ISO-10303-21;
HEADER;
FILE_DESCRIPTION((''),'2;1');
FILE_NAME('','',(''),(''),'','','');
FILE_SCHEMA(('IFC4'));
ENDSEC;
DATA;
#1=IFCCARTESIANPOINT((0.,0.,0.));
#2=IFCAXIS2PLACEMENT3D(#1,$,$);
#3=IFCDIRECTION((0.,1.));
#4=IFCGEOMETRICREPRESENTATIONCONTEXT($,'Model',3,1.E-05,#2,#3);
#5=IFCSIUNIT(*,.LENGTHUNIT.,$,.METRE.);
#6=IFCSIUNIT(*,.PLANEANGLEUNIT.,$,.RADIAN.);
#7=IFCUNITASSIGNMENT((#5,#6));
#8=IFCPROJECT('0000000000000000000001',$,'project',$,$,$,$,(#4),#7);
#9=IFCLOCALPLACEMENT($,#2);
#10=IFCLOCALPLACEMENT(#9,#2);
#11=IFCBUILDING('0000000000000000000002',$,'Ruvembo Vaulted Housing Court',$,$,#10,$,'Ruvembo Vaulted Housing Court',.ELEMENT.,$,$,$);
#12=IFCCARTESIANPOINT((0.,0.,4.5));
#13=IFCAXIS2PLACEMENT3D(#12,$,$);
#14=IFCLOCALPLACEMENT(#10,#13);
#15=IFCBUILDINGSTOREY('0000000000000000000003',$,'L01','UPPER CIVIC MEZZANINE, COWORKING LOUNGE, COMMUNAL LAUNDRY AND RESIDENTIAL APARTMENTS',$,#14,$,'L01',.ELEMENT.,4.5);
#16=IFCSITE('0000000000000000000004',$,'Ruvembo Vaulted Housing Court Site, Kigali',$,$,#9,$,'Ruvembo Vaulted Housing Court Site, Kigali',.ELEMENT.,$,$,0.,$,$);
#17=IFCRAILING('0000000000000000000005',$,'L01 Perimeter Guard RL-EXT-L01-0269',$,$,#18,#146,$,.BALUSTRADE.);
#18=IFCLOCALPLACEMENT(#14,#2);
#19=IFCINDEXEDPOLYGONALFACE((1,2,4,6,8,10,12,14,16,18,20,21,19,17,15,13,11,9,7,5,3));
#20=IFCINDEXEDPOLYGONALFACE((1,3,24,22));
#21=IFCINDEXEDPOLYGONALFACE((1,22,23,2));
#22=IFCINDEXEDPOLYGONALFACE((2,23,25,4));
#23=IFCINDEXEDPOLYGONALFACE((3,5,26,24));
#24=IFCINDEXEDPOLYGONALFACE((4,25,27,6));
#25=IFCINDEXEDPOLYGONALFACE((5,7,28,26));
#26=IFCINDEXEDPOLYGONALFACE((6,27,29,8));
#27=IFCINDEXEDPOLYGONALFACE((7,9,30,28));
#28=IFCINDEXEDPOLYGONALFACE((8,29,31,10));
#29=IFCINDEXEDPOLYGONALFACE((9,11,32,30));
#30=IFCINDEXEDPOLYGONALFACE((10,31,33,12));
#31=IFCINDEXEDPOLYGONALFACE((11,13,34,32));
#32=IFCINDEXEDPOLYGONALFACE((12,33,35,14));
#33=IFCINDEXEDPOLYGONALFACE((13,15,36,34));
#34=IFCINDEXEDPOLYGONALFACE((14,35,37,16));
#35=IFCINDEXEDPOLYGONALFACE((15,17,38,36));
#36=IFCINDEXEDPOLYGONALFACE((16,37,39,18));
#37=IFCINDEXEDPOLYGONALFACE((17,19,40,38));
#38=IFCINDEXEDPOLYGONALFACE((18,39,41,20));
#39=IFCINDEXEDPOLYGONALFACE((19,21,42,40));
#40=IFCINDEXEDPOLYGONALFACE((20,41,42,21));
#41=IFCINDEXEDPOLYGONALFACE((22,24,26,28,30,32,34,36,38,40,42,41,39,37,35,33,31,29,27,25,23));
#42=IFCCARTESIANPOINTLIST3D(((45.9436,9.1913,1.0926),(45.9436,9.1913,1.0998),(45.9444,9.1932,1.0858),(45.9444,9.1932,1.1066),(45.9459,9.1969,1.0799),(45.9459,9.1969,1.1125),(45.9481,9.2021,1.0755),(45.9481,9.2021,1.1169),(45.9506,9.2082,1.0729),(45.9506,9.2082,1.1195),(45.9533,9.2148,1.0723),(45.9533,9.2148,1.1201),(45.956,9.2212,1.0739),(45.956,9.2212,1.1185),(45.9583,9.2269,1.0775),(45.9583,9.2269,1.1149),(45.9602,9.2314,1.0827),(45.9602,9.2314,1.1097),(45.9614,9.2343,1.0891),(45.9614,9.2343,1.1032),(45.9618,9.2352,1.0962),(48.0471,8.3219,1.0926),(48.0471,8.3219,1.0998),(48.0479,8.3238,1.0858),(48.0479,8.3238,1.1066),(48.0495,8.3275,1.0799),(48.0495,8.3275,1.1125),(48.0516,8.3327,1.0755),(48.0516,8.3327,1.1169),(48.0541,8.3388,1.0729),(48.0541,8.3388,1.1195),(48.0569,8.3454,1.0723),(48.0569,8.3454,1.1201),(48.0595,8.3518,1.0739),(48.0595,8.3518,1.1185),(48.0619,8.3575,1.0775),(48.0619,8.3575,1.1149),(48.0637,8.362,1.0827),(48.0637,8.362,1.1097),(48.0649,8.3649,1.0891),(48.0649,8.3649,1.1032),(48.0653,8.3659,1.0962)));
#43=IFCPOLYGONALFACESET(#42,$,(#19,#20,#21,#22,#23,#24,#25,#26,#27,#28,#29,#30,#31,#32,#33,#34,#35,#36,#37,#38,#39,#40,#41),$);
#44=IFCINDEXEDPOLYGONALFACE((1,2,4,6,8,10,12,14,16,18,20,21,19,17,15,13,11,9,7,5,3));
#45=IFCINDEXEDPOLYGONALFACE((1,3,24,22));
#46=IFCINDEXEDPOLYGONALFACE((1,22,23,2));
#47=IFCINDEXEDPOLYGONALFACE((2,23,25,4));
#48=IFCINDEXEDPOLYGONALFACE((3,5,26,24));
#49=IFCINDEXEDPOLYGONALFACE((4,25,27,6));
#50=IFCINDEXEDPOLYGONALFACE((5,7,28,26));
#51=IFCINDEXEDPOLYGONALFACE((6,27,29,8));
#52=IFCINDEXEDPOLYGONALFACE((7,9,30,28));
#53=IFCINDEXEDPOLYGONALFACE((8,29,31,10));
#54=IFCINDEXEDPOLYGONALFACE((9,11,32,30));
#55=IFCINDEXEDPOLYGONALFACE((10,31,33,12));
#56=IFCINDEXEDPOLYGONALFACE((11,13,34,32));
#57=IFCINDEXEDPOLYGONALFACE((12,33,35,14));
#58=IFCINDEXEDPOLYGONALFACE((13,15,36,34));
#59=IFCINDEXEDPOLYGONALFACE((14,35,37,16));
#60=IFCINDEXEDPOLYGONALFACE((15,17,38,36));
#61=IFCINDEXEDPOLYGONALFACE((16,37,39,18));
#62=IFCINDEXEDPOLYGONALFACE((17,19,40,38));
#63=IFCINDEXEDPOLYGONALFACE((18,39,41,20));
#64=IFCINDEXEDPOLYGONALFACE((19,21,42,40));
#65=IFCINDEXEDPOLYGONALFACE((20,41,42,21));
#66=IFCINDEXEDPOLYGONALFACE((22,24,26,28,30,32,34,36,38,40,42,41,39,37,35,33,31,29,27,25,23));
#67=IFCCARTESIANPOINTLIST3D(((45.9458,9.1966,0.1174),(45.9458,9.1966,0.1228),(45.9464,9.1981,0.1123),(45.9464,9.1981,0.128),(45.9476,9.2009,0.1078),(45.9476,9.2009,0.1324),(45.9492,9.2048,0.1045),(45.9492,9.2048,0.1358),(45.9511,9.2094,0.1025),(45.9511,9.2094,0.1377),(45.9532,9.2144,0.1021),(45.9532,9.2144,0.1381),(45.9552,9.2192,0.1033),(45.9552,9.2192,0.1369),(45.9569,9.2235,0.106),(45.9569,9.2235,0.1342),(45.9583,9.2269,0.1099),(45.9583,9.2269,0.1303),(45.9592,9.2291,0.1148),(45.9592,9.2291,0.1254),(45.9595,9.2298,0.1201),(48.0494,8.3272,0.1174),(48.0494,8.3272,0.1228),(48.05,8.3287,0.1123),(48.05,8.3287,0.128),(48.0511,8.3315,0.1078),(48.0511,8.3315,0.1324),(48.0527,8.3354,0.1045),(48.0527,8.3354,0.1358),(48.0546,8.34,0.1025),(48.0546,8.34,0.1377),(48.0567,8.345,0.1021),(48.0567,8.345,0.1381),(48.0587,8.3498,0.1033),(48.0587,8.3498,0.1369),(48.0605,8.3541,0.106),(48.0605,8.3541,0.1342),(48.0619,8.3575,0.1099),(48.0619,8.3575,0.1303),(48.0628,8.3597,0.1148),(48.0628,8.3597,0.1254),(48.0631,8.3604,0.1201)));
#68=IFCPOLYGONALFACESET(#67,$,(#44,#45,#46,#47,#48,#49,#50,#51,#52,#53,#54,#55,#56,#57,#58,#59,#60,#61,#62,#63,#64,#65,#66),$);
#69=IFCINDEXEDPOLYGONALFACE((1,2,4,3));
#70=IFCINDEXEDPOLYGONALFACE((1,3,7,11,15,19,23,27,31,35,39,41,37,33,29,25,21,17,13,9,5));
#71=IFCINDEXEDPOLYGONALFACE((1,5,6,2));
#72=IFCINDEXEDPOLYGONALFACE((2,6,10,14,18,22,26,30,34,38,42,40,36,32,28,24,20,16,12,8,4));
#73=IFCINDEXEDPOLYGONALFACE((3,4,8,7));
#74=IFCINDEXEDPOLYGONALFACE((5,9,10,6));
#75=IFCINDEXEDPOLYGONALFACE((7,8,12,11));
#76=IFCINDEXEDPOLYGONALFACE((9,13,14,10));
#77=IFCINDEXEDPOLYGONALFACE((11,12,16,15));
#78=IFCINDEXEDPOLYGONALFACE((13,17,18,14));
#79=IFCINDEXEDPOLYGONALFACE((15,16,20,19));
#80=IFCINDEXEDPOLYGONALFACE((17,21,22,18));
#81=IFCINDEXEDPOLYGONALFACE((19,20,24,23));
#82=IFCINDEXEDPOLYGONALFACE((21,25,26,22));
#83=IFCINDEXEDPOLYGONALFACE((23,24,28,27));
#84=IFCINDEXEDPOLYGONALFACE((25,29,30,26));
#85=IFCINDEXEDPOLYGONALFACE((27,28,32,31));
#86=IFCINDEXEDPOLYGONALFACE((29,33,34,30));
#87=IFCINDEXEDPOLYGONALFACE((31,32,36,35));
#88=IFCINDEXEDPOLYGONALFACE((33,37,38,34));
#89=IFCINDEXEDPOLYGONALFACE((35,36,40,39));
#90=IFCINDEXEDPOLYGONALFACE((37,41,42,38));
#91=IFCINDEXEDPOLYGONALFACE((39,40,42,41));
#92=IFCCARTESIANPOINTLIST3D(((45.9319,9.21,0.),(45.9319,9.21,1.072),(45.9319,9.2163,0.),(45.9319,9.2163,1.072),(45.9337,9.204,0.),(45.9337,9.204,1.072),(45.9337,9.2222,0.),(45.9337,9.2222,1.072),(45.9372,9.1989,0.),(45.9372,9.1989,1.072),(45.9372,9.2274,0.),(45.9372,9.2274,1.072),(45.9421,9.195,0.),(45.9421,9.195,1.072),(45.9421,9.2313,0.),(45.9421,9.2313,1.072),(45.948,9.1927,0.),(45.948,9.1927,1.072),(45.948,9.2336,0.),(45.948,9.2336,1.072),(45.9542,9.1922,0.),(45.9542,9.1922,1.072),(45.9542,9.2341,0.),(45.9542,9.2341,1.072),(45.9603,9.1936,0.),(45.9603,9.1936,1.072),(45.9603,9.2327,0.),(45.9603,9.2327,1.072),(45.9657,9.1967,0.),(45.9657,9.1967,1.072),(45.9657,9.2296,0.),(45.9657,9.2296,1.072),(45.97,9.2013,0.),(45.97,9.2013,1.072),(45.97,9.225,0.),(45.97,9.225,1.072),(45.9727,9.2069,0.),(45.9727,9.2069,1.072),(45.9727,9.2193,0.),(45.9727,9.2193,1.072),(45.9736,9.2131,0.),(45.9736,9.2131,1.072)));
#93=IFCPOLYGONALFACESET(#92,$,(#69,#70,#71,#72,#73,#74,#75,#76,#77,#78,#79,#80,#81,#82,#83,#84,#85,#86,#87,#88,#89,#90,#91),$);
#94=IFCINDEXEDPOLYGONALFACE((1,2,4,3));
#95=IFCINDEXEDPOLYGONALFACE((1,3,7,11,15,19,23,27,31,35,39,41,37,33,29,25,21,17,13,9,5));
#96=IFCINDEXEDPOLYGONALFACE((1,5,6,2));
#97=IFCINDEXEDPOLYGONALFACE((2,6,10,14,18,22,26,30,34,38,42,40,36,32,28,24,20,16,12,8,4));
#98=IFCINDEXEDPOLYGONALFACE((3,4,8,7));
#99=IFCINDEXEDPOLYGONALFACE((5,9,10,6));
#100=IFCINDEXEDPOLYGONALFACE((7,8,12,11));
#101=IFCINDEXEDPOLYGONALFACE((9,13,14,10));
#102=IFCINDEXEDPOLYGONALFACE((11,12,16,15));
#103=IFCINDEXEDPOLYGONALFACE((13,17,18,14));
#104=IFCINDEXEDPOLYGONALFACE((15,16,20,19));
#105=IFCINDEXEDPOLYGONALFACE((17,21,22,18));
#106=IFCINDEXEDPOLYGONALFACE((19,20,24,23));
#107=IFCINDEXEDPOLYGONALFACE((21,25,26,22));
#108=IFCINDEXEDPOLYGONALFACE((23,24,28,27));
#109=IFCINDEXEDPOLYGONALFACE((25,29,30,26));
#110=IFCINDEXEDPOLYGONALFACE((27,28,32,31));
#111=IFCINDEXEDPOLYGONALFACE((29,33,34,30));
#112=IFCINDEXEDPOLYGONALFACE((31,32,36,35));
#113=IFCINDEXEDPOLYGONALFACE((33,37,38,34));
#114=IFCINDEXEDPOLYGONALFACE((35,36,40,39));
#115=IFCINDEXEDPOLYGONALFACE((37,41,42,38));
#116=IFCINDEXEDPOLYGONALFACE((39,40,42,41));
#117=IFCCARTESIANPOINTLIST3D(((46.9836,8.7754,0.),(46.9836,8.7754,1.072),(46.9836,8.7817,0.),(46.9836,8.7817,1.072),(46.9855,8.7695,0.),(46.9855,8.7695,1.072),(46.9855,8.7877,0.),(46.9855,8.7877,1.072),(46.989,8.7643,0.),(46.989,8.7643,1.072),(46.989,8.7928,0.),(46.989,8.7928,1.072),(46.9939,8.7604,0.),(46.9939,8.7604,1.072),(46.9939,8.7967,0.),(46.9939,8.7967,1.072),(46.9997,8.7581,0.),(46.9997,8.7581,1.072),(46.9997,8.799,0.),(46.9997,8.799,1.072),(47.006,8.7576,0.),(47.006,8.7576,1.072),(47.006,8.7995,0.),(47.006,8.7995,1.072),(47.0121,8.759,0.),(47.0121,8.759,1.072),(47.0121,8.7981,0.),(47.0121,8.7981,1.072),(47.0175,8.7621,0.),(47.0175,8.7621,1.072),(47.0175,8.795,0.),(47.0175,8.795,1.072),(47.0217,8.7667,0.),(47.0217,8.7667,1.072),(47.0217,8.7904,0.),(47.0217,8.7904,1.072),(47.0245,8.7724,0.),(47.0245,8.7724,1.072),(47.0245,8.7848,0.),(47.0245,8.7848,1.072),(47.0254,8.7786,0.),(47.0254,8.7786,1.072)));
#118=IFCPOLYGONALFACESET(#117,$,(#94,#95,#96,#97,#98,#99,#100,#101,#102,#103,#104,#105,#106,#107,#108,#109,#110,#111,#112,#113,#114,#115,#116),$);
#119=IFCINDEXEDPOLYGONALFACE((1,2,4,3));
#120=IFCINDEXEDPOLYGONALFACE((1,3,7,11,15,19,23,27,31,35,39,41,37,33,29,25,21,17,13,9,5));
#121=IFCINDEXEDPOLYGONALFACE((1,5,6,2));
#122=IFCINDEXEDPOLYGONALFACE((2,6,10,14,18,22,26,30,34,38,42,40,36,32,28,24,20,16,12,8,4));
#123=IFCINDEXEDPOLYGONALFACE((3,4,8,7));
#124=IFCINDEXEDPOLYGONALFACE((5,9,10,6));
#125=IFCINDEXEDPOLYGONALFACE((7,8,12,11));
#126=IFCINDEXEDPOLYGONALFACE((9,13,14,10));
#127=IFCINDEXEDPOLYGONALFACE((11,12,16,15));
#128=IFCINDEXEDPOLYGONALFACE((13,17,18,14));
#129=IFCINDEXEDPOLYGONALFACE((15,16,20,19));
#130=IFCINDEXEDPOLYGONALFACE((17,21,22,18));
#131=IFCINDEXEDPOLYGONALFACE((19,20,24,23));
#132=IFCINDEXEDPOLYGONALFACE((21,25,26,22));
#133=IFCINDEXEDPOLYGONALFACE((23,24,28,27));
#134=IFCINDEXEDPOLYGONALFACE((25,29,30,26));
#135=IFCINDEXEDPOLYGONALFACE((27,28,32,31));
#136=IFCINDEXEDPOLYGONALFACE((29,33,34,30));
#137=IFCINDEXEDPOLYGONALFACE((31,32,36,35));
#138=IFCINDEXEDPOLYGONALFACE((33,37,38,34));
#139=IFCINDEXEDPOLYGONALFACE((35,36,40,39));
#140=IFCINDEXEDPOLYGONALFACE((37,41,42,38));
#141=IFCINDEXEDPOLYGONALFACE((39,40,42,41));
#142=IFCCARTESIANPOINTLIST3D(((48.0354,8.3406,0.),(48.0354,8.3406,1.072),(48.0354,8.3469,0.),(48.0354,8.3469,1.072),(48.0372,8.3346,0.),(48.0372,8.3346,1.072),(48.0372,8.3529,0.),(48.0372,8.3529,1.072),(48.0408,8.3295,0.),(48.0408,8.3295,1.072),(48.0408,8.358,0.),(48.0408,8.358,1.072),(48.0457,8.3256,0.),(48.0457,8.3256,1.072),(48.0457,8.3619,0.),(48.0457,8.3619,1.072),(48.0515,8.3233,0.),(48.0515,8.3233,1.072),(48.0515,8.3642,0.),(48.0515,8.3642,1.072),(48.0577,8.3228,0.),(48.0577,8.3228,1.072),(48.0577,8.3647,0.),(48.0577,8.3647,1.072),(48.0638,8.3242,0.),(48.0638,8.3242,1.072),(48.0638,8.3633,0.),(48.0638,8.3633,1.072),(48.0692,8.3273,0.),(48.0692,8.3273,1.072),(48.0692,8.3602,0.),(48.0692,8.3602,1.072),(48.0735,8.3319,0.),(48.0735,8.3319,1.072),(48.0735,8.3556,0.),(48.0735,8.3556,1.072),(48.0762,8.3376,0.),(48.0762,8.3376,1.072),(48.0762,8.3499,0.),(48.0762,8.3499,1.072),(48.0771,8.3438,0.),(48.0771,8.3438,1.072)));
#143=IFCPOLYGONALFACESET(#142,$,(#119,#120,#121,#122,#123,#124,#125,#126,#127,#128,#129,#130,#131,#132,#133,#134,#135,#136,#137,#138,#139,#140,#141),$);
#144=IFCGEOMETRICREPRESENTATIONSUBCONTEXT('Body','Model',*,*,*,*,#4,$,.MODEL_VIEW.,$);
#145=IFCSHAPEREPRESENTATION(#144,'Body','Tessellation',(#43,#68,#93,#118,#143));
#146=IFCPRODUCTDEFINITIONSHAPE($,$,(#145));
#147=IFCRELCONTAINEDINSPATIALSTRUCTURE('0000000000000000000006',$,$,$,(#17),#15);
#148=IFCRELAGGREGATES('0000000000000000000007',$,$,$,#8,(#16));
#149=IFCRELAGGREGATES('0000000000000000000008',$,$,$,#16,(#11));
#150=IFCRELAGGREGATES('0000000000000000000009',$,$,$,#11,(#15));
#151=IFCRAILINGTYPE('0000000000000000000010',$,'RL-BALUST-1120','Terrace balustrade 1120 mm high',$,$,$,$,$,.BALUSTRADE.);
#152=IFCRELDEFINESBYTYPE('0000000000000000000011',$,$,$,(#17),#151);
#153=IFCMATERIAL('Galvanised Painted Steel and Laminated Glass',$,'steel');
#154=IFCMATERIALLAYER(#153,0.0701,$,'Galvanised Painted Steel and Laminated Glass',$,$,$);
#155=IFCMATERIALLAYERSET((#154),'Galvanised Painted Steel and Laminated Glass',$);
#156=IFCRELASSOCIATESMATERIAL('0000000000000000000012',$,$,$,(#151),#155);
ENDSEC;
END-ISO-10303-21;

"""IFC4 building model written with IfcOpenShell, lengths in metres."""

from ifc_helpers import new_model, si_unit, direction, frame, origin, origin_2d, place, context, subcontext, project, spatial, circle, extrude, material, layer, layer_set, type_object, element, save


model = new_model("IFC4")

# Units and contexts
model_context = context("Model", 3, precision=1e-05, world=origin(), true_north=direction((0.0, 1.0)))
body_context = subcontext(model_context, "Body", "Model", "MODEL_VIEW")
ifc_project = project(units=[si_unit("LENGTHUNIT", "METRE"), si_unit("PLANEANGLEUNIT", "RADIAN")], contexts=[model_context])

# Site, building, storey
site_placement = place(None, origin())
site = spatial("IfcSite", under=ifc_project, at=site_placement, Name="Ruvembo Vaulted Housing Court Site, Kigali", LongName="Ruvembo Vaulted Housing Court Site, Kigali", CompositionType="ELEMENT", RefElevation=0.0)
building_placement = place(site_placement, origin())
building = spatial("IfcBuilding", under=site, at=building_placement, Name="Ruvembo Vaulted Housing Court", LongName="Ruvembo Vaulted Housing Court", CompositionType="ELEMENT")
storey_placement = place(building_placement, frame((0.0, 0.0, 4.5)))
storey = spatial("IfcBuildingStorey", under=building, at=storey_placement, Name="L01", Description="UPPER CIVIC MEZZANINE, COWORKING LOUNGE, COMMUNAL LAUNDRY AND RESIDENTIAL APARTMENTS", LongName="L01", CompositionType="ELEMENT", Elevation=4.5)

# Railing
ifc_material_1 = material(Name="Galvanised Painted Steel and Laminated Glass", Category="steel")
ifc_layer_1 = layer(ifc_material_1, 0.0701, Name="Galvanised Painted Steel and Laminated Glass")
ifc_layer_set_1 = layer_set([ifc_layer_1], Name="Galvanised Painted Steel and Laminated Glass")
railing_type = type_object("IfcRailingType", Name="RL-BALUST-1120", Description="Terrace balustrade 1120 mm high", PredefinedType="BALUSTRADE", material=ifc_layer_set_1)
railing_1_placement = place(storey_placement, frame((45.9526, 9.2131, 0.0)))
element("IfcRailing", 1, at=railing_1_placement, inside=storey, type_object=railing_type, Name="L01 Perimeter Guard RL-EXT-L01-0269", PredefinedType="BALUSTRADE", context=body_context, shape_type="SweptSolid", body=[
    extrude(circle(Radius=0.0239, at=origin_2d()), frame((0.0, 0.0, 1.0962), z_axis=(0.924177, -0.381963, 0.0), x_axis=(0.381963, 0.924177, 0.0)), (0.0, 0.0, 1.0), 2.2761),
    extrude(circle(Radius=0.0181, at=origin_2d()), frame((0.0, 0.0, 0.1201), z_axis=(0.924177, -0.381963, 0.0), x_axis=(0.381963, 0.924177, 0.0)), (0.0, 0.0, 1.0), 2.2761),
    extrude(circle(Radius=0.021, at=origin_2d()), origin(), (0.0, 0.0, 1.0), 1.072),
    extrude(circle(Radius=0.021, at=origin_2d()), frame((1.0518, -0.4346, 0.0)), (0.0, 0.0, 1.0), 1.072),
    extrude(circle(Radius=0.021, at=origin_2d()), frame((2.1035, -0.8694, 0.0)), (0.0, 0.0, 1.0), 1.072),
])

save(model, "model.ifc")
